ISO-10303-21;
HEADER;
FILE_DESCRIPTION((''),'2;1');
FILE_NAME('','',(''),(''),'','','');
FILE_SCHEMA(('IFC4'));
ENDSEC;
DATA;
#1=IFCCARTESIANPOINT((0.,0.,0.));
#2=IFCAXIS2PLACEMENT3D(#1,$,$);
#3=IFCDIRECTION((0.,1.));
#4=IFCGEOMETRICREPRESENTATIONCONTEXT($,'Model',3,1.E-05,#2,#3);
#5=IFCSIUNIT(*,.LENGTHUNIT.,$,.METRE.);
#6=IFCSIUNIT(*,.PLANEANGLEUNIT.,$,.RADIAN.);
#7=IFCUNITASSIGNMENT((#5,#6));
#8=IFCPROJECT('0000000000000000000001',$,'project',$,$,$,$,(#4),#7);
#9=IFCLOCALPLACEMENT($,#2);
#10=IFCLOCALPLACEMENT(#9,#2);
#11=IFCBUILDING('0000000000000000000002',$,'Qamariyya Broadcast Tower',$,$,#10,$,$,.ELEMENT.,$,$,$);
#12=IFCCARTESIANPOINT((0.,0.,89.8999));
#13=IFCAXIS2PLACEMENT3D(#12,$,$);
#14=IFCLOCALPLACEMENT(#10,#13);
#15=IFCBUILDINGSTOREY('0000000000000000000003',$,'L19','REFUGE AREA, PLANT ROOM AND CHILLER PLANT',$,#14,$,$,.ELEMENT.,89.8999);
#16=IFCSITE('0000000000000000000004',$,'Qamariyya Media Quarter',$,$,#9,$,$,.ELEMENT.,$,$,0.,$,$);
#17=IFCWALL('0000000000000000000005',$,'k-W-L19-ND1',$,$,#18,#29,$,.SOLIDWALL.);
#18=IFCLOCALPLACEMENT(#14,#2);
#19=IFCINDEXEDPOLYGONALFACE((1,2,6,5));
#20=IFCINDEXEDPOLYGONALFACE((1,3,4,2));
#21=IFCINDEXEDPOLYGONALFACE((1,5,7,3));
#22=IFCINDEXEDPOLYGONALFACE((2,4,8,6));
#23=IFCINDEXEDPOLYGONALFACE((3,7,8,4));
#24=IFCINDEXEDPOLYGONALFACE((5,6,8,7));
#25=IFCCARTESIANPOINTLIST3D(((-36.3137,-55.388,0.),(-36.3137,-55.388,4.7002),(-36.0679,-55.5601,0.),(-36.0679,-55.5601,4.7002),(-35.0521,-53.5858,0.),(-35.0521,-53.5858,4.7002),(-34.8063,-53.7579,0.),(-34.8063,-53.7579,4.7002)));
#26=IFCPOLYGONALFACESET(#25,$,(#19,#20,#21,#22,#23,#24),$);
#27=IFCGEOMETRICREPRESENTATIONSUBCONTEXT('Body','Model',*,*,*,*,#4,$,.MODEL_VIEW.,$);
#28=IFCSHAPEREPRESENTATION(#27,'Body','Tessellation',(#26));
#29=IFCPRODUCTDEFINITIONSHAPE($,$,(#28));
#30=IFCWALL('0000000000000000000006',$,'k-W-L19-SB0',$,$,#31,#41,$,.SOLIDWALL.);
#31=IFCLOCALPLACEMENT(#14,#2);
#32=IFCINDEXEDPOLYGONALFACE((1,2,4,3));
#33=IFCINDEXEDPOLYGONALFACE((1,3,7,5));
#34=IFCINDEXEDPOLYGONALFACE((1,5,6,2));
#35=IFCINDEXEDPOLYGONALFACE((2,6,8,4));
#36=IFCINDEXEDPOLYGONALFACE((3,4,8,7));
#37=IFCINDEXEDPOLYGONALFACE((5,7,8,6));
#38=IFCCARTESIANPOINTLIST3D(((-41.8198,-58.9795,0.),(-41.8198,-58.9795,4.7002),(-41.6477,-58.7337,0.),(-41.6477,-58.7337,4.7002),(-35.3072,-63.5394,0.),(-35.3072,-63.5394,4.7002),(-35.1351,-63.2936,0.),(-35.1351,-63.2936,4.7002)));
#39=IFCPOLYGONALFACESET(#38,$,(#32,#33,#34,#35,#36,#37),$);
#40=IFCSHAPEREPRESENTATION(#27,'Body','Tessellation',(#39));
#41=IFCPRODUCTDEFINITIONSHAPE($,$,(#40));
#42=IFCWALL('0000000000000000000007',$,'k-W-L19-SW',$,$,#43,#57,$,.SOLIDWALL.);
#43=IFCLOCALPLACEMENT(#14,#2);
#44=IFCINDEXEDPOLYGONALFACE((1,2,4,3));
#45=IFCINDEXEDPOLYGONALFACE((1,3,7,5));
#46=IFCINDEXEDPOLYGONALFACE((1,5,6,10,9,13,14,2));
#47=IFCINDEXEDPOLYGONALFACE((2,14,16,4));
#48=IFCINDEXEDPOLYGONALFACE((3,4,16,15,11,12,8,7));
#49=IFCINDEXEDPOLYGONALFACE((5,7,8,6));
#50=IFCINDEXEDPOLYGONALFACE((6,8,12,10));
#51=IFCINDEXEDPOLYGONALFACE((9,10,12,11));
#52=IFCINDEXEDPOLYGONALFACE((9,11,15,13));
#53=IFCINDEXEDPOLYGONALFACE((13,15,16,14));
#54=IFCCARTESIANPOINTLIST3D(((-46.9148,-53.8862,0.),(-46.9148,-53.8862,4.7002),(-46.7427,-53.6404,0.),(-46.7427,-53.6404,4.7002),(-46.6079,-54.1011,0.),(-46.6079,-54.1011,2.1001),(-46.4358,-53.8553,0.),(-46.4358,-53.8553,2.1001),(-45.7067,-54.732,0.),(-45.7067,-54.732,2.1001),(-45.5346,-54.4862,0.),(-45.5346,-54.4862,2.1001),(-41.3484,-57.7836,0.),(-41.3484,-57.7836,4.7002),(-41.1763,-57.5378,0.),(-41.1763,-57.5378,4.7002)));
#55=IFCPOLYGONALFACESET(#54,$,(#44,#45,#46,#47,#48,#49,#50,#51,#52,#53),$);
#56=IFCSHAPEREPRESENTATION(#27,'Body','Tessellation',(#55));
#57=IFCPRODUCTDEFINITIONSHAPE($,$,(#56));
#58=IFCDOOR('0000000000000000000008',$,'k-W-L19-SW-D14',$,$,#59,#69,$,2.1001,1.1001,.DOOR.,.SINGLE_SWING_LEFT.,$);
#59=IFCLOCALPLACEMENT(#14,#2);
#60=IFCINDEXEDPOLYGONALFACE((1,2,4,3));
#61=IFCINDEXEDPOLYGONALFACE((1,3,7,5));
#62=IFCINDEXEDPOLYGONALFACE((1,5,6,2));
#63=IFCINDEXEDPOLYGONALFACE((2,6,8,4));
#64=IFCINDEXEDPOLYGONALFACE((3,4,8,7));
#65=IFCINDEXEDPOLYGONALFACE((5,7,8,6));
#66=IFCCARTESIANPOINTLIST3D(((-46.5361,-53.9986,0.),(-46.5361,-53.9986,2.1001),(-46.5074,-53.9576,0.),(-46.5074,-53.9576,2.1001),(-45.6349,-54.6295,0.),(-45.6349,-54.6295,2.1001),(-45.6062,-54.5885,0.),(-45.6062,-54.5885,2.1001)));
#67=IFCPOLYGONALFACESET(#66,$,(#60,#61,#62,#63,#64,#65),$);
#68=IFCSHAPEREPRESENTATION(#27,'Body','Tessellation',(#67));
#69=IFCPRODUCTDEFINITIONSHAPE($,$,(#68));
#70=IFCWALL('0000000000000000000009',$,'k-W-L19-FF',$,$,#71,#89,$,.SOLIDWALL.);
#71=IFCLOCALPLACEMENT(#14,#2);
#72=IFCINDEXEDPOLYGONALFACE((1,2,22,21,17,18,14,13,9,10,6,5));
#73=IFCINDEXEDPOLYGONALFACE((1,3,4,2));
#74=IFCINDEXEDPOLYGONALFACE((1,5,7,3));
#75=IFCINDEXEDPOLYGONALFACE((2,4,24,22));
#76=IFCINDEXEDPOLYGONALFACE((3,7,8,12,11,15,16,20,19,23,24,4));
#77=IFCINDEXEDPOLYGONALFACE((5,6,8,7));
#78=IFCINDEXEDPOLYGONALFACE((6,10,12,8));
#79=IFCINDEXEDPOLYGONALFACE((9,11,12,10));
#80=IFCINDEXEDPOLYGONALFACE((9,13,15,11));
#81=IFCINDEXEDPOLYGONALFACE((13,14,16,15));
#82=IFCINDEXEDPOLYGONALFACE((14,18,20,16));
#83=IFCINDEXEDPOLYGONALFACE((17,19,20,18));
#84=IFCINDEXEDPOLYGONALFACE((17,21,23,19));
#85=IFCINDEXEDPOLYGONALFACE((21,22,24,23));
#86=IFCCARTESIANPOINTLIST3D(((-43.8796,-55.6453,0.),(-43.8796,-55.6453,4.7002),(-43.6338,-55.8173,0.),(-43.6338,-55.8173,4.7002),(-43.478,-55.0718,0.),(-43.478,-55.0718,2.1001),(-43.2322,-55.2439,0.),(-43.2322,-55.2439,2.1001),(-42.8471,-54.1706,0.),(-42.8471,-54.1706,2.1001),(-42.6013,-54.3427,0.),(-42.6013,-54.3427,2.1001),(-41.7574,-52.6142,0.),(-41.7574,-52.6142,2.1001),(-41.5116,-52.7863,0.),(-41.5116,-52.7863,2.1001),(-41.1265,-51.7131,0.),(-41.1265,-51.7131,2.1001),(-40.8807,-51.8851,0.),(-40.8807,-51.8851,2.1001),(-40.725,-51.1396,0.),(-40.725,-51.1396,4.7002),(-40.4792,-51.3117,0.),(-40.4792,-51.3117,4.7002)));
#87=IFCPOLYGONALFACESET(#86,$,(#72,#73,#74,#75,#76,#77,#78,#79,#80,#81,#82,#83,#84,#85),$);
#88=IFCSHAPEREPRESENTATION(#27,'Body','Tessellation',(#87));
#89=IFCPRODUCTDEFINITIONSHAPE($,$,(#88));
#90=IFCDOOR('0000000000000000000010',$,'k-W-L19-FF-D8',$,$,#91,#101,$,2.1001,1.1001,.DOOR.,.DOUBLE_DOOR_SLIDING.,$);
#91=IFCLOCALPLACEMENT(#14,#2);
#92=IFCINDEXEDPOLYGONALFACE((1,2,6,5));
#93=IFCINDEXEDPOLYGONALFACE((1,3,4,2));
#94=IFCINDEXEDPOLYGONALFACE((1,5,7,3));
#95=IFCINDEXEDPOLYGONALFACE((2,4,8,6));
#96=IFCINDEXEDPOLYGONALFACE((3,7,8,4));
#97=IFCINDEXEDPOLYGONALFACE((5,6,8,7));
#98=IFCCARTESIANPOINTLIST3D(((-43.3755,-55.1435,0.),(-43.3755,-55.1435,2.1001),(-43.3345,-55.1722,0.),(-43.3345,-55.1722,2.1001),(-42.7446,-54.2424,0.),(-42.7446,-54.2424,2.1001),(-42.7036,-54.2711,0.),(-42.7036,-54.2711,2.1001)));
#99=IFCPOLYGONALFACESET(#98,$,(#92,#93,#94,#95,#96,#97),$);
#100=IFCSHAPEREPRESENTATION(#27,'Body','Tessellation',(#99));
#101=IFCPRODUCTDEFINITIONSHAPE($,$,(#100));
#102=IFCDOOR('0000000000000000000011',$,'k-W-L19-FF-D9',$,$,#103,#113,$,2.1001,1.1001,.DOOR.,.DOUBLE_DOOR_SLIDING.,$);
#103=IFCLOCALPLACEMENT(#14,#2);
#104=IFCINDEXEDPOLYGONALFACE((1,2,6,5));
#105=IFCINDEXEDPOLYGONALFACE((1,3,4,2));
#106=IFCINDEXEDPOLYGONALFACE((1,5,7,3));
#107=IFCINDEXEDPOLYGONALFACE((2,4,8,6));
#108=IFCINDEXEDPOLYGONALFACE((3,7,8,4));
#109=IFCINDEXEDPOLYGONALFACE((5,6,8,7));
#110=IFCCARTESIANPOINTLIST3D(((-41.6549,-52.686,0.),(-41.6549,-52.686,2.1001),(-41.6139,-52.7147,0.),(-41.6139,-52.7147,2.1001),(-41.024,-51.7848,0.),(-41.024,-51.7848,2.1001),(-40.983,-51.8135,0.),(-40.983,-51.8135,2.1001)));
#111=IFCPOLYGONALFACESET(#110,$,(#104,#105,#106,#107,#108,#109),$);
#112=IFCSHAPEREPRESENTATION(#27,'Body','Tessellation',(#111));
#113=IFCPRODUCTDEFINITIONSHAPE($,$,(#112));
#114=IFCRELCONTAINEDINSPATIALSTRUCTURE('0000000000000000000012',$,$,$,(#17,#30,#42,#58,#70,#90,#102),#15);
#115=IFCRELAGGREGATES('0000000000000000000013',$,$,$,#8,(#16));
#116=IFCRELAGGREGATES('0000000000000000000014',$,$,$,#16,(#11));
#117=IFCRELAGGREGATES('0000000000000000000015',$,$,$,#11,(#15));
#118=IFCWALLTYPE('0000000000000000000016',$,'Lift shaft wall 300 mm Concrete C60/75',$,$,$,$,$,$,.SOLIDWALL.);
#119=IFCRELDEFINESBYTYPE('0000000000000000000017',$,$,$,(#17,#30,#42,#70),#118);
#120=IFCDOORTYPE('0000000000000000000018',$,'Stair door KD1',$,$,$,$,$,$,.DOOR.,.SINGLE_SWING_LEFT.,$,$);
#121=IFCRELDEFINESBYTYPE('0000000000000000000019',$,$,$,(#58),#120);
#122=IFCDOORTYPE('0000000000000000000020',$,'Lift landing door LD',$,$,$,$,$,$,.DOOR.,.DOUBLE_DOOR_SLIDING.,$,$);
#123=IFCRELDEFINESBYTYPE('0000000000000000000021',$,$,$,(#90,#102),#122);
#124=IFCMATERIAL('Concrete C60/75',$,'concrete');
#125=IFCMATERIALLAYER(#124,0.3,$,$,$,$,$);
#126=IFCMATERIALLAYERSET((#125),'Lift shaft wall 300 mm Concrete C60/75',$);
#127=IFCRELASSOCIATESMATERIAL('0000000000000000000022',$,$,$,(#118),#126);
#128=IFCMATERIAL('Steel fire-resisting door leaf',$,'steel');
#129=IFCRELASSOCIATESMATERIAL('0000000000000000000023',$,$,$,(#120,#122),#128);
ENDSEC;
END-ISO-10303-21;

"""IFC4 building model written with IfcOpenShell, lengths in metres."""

from ifc_helpers import new_model, si_unit, direction, frame, frame_2d, origin, place, context, subcontext, project, spatial, rectangle, extrude, material, layer, layer_set, type_object, element, fill, save


model = new_model("IFC4")

# Units and contexts
model_context = context("Model", 3, precision=1e-05, world=origin(), true_north=direction((0.0, 1.0)))
body_context = subcontext(model_context, "Body", "Model", "MODEL_VIEW")
ifc_project = project(units=[si_unit("LENGTHUNIT", "METRE"), si_unit("PLANEANGLEUNIT", "RADIAN")], contexts=[model_context])

# Site, building, storey
site_placement = place(None, origin())
site = spatial("IfcSite", under=ifc_project, at=site_placement, Name="Qamariyya Media Quarter", CompositionType="ELEMENT", RefElevation=0.0)
building_placement = place(site_placement, origin())
building = spatial("IfcBuilding", under=site, at=building_placement, Name="Qamariyya Broadcast Tower", CompositionType="ELEMENT")
storey_placement = place(building_placement, frame((0.0, 0.0, 89.8999)))
storey = spatial("IfcBuildingStorey", under=building, at=storey_placement, Name="L19", Description="REFUGE AREA, PLANT ROOM AND CHILLER PLANT", CompositionType="ELEMENT", Elevation=89.8999)

# Walls
ifc_material_1 = material(Name="Concrete C60/75", Category="concrete")
ifc_layer_1 = layer(ifc_material_1, 0.3)
ifc_layer_set_1 = layer_set([ifc_layer_1], Name="Lift shaft wall 300 mm Concrete C60/75")
wall_type = type_object("IfcWallType", Name="Lift shaft wall 300 mm Concrete C60/75", PredefinedType="SOLIDWALL", material=ifc_layer_set_1)
wall_1_placement = place(storey_placement, frame((-36.1909, -55.4741, 0.0), z_axis=(0.0, 0.0, 1.0), x_axis=(0.573507, 0.819201, 0.0)))
element("IfcWall", 1, at=wall_1_placement, inside=storey, type_object=wall_type, Name="k-W-L19-ND1", PredefinedType="SOLIDWALL", context=body_context, shape_type="SweptSolid", body=[
    extrude(rectangle(XDim=2.2, YDim=0.3, at=frame_2d((1.1001, 0.0))), origin(), (0.0, 0.0, 1.0), 4.7002),
])
wall_2_placement = place(storey_placement, frame((-35.2212, -63.4165, 0.0), z_axis=(0.0, 0.0, 1.0), x_axis=(-0.819167, 0.573555, 0.0)))
element("IfcWall", 2, at=wall_2_placement, inside=storey, type_object=wall_type, Name="k-W-L19-SB0", PredefinedType="SOLIDWALL", context=body_context, shape_type="SweptSolid", body=[
    extrude(rectangle(XDim=7.9502, YDim=0.3, at=frame_2d((3.9751, 0.0))), origin(), (0.0, 0.0, 1.0), 4.7002),
])

# Wall, opening, door
wall_3_placement = place(storey_placement, frame((-41.2625, -57.6606, 0.0), z_axis=(0.0, 0.0, 1.0), x_axis=(-0.819164, 0.573559, 0.0)))
wall_3 = element("IfcWall", 3, at=wall_3_placement, inside=storey, type_object=wall_type, Name="k-W-L19-SW", PredefinedType="SOLIDWALL", context=body_context, shape_type="SweptSolid", body=[
    extrude(rectangle(XDim=6.7952, YDim=0.3, at=frame_2d((3.3975, 0.0))), origin(), (0.0, 0.0, 1.0), 4.7002),
])
opening_1_placement = place(wall_3_placement, frame((5.3203, 0.0, 0.0)))
opening_1 = element("IfcOpeningElement", 4, at=opening_1_placement, cuts=wall_3, PredefinedType="OPENING", context=body_context, shape_type="SweptSolid", body=[
    extrude(rectangle(XDim=1.1001, YDim=2.1001, at=frame_2d((0.55, 1.05))), frame((0.0, 0.1599, 0.0), z_axis=(0.0, -1.0, 0.0), x_axis=(1.0, 0.0, 0.0)), (0.0, 0.0, 1.0), 0.3201),
])
ifc_material_2 = material(Name="Steel fire-resisting door leaf", Category="steel")
door_type_1 = type_object("IfcDoorType", Name="Stair door KD1", OperationType="SINGLE_SWING_LEFT", PredefinedType="DOOR", material=ifc_material_2)
door_1_placement = place(opening_1_placement, origin())
door_1 = element("IfcDoor", 5, at=door_1_placement, inside=storey, type_object=door_type_1, Name="k-W-L19-SW-D14", OperationType="SINGLE_SWING_LEFT", OverallHeight=2.1001, OverallWidth=1.1001, PredefinedType="DOOR", context=body_context, shape_type="SweptSolid", body=[
    extrude(rectangle(XDim=1.1001, YDim=2.1001, at=frame_2d((0.55, 1.05))), frame((0.0, 0.0249, 0.0), z_axis=(0.0, -1.0, 0.0), x_axis=(1.0, 0.0, 0.0)), (0.0, 0.0, 1.0), 0.05),
])
fill(opening_1, door_1)

# Wall, openings, doors
wall_4_placement = place(storey_placement, frame((-43.7566, -55.7312, 0.0), z_axis=(0.0, 0.0, 1.0), x_axis=(0.573537, 0.81918, 0.0)))
wall_4 = element("IfcWall", 6, at=wall_4_placement, inside=storey, type_object=wall_type, Name="k-W-L19-FF", PredefinedType="SOLIDWALL", context=body_context, shape_type="SweptSolid", body=[
    extrude(rectangle(XDim=5.5002, YDim=0.3, at=frame_2d((2.75, 0.0))), origin(), (0.0, 0.0, 1.0), 4.7002),
])
opening_2_placement = place(wall_4_placement, frame((0.7, 0.0, 0.0)))
opening_2 = element("IfcOpeningElement", 7, at=opening_2_placement, cuts=wall_4, PredefinedType="OPENING", context=body_context, shape_type="SweptSolid", body=[
    extrude(rectangle(XDim=1.1001, YDim=2.1001, at=frame_2d((0.55, 1.05))), frame((0.0, 0.1599, 0.0), z_axis=(0.0, -1.0, 0.0), x_axis=(1.0, 0.0, 0.0)), (0.0, 0.0, 1.0), 0.3201),
])
opening_3_placement = place(wall_4_placement, frame((3.7, 0.0, 0.0)))
opening_3 = element("IfcOpeningElement", 8, at=opening_3_placement, cuts=wall_4, PredefinedType="OPENING", context=body_context, shape_type="SweptSolid", body=[
    extrude(rectangle(XDim=1.1001, YDim=2.1001, at=frame_2d((0.55, 1.05))), frame((0.0, 0.1599, 0.0), z_axis=(0.0, -1.0, 0.0), x_axis=(1.0, 0.0, 0.0)), (0.0, 0.0, 1.0), 0.3201),
])
door_type_2 = type_object("IfcDoorType", Name="Lift landing door LD", OperationType="DOUBLE_DOOR_SLIDING", PredefinedType="DOOR", material=ifc_material_2)
door_2_placement = place(opening_2_placement, origin())
door_2 = element("IfcDoor", 9, at=door_2_placement, inside=storey, type_object=door_type_2, Name="k-W-L19-FF-D8", OperationType="DOUBLE_DOOR_SLIDING", OverallHeight=2.1001, OverallWidth=1.1001, PredefinedType="DOOR", context=body_context, shape_type="SweptSolid", body=[
    extrude(rectangle(XDim=1.1001, YDim=2.1001, at=frame_2d((0.55, 1.05))), frame((0.0, 0.0249, 0.0), z_axis=(0.0, -1.0, 0.0), x_axis=(1.0, 0.0, 0.0)), (0.0, 0.0, 1.0), 0.05),
])
fill(opening_2, door_2)
door_3_placement = place(opening_3_placement, origin())
door_3 = element("IfcDoor", 10, at=door_3_placement, inside=storey, type_object=door_type_2, Name="k-W-L19-FF-D9", OperationType="DOUBLE_DOOR_SLIDING", OverallHeight=2.1001, OverallWidth=1.1001, PredefinedType="DOOR", context=body_context, shape_type="SweptSolid", body=[
    extrude(rectangle(XDim=1.1001, YDim=2.1001, at=frame_2d((0.55, 1.05))), frame((0.0, 0.0249, 0.0), z_axis=(0.0, -1.0, 0.0), x_axis=(1.0, 0.0, 0.0)), (0.0, 0.0, 1.0), 0.05),
])
fill(opening_3, door_3)

save(model, "model.ifc")
